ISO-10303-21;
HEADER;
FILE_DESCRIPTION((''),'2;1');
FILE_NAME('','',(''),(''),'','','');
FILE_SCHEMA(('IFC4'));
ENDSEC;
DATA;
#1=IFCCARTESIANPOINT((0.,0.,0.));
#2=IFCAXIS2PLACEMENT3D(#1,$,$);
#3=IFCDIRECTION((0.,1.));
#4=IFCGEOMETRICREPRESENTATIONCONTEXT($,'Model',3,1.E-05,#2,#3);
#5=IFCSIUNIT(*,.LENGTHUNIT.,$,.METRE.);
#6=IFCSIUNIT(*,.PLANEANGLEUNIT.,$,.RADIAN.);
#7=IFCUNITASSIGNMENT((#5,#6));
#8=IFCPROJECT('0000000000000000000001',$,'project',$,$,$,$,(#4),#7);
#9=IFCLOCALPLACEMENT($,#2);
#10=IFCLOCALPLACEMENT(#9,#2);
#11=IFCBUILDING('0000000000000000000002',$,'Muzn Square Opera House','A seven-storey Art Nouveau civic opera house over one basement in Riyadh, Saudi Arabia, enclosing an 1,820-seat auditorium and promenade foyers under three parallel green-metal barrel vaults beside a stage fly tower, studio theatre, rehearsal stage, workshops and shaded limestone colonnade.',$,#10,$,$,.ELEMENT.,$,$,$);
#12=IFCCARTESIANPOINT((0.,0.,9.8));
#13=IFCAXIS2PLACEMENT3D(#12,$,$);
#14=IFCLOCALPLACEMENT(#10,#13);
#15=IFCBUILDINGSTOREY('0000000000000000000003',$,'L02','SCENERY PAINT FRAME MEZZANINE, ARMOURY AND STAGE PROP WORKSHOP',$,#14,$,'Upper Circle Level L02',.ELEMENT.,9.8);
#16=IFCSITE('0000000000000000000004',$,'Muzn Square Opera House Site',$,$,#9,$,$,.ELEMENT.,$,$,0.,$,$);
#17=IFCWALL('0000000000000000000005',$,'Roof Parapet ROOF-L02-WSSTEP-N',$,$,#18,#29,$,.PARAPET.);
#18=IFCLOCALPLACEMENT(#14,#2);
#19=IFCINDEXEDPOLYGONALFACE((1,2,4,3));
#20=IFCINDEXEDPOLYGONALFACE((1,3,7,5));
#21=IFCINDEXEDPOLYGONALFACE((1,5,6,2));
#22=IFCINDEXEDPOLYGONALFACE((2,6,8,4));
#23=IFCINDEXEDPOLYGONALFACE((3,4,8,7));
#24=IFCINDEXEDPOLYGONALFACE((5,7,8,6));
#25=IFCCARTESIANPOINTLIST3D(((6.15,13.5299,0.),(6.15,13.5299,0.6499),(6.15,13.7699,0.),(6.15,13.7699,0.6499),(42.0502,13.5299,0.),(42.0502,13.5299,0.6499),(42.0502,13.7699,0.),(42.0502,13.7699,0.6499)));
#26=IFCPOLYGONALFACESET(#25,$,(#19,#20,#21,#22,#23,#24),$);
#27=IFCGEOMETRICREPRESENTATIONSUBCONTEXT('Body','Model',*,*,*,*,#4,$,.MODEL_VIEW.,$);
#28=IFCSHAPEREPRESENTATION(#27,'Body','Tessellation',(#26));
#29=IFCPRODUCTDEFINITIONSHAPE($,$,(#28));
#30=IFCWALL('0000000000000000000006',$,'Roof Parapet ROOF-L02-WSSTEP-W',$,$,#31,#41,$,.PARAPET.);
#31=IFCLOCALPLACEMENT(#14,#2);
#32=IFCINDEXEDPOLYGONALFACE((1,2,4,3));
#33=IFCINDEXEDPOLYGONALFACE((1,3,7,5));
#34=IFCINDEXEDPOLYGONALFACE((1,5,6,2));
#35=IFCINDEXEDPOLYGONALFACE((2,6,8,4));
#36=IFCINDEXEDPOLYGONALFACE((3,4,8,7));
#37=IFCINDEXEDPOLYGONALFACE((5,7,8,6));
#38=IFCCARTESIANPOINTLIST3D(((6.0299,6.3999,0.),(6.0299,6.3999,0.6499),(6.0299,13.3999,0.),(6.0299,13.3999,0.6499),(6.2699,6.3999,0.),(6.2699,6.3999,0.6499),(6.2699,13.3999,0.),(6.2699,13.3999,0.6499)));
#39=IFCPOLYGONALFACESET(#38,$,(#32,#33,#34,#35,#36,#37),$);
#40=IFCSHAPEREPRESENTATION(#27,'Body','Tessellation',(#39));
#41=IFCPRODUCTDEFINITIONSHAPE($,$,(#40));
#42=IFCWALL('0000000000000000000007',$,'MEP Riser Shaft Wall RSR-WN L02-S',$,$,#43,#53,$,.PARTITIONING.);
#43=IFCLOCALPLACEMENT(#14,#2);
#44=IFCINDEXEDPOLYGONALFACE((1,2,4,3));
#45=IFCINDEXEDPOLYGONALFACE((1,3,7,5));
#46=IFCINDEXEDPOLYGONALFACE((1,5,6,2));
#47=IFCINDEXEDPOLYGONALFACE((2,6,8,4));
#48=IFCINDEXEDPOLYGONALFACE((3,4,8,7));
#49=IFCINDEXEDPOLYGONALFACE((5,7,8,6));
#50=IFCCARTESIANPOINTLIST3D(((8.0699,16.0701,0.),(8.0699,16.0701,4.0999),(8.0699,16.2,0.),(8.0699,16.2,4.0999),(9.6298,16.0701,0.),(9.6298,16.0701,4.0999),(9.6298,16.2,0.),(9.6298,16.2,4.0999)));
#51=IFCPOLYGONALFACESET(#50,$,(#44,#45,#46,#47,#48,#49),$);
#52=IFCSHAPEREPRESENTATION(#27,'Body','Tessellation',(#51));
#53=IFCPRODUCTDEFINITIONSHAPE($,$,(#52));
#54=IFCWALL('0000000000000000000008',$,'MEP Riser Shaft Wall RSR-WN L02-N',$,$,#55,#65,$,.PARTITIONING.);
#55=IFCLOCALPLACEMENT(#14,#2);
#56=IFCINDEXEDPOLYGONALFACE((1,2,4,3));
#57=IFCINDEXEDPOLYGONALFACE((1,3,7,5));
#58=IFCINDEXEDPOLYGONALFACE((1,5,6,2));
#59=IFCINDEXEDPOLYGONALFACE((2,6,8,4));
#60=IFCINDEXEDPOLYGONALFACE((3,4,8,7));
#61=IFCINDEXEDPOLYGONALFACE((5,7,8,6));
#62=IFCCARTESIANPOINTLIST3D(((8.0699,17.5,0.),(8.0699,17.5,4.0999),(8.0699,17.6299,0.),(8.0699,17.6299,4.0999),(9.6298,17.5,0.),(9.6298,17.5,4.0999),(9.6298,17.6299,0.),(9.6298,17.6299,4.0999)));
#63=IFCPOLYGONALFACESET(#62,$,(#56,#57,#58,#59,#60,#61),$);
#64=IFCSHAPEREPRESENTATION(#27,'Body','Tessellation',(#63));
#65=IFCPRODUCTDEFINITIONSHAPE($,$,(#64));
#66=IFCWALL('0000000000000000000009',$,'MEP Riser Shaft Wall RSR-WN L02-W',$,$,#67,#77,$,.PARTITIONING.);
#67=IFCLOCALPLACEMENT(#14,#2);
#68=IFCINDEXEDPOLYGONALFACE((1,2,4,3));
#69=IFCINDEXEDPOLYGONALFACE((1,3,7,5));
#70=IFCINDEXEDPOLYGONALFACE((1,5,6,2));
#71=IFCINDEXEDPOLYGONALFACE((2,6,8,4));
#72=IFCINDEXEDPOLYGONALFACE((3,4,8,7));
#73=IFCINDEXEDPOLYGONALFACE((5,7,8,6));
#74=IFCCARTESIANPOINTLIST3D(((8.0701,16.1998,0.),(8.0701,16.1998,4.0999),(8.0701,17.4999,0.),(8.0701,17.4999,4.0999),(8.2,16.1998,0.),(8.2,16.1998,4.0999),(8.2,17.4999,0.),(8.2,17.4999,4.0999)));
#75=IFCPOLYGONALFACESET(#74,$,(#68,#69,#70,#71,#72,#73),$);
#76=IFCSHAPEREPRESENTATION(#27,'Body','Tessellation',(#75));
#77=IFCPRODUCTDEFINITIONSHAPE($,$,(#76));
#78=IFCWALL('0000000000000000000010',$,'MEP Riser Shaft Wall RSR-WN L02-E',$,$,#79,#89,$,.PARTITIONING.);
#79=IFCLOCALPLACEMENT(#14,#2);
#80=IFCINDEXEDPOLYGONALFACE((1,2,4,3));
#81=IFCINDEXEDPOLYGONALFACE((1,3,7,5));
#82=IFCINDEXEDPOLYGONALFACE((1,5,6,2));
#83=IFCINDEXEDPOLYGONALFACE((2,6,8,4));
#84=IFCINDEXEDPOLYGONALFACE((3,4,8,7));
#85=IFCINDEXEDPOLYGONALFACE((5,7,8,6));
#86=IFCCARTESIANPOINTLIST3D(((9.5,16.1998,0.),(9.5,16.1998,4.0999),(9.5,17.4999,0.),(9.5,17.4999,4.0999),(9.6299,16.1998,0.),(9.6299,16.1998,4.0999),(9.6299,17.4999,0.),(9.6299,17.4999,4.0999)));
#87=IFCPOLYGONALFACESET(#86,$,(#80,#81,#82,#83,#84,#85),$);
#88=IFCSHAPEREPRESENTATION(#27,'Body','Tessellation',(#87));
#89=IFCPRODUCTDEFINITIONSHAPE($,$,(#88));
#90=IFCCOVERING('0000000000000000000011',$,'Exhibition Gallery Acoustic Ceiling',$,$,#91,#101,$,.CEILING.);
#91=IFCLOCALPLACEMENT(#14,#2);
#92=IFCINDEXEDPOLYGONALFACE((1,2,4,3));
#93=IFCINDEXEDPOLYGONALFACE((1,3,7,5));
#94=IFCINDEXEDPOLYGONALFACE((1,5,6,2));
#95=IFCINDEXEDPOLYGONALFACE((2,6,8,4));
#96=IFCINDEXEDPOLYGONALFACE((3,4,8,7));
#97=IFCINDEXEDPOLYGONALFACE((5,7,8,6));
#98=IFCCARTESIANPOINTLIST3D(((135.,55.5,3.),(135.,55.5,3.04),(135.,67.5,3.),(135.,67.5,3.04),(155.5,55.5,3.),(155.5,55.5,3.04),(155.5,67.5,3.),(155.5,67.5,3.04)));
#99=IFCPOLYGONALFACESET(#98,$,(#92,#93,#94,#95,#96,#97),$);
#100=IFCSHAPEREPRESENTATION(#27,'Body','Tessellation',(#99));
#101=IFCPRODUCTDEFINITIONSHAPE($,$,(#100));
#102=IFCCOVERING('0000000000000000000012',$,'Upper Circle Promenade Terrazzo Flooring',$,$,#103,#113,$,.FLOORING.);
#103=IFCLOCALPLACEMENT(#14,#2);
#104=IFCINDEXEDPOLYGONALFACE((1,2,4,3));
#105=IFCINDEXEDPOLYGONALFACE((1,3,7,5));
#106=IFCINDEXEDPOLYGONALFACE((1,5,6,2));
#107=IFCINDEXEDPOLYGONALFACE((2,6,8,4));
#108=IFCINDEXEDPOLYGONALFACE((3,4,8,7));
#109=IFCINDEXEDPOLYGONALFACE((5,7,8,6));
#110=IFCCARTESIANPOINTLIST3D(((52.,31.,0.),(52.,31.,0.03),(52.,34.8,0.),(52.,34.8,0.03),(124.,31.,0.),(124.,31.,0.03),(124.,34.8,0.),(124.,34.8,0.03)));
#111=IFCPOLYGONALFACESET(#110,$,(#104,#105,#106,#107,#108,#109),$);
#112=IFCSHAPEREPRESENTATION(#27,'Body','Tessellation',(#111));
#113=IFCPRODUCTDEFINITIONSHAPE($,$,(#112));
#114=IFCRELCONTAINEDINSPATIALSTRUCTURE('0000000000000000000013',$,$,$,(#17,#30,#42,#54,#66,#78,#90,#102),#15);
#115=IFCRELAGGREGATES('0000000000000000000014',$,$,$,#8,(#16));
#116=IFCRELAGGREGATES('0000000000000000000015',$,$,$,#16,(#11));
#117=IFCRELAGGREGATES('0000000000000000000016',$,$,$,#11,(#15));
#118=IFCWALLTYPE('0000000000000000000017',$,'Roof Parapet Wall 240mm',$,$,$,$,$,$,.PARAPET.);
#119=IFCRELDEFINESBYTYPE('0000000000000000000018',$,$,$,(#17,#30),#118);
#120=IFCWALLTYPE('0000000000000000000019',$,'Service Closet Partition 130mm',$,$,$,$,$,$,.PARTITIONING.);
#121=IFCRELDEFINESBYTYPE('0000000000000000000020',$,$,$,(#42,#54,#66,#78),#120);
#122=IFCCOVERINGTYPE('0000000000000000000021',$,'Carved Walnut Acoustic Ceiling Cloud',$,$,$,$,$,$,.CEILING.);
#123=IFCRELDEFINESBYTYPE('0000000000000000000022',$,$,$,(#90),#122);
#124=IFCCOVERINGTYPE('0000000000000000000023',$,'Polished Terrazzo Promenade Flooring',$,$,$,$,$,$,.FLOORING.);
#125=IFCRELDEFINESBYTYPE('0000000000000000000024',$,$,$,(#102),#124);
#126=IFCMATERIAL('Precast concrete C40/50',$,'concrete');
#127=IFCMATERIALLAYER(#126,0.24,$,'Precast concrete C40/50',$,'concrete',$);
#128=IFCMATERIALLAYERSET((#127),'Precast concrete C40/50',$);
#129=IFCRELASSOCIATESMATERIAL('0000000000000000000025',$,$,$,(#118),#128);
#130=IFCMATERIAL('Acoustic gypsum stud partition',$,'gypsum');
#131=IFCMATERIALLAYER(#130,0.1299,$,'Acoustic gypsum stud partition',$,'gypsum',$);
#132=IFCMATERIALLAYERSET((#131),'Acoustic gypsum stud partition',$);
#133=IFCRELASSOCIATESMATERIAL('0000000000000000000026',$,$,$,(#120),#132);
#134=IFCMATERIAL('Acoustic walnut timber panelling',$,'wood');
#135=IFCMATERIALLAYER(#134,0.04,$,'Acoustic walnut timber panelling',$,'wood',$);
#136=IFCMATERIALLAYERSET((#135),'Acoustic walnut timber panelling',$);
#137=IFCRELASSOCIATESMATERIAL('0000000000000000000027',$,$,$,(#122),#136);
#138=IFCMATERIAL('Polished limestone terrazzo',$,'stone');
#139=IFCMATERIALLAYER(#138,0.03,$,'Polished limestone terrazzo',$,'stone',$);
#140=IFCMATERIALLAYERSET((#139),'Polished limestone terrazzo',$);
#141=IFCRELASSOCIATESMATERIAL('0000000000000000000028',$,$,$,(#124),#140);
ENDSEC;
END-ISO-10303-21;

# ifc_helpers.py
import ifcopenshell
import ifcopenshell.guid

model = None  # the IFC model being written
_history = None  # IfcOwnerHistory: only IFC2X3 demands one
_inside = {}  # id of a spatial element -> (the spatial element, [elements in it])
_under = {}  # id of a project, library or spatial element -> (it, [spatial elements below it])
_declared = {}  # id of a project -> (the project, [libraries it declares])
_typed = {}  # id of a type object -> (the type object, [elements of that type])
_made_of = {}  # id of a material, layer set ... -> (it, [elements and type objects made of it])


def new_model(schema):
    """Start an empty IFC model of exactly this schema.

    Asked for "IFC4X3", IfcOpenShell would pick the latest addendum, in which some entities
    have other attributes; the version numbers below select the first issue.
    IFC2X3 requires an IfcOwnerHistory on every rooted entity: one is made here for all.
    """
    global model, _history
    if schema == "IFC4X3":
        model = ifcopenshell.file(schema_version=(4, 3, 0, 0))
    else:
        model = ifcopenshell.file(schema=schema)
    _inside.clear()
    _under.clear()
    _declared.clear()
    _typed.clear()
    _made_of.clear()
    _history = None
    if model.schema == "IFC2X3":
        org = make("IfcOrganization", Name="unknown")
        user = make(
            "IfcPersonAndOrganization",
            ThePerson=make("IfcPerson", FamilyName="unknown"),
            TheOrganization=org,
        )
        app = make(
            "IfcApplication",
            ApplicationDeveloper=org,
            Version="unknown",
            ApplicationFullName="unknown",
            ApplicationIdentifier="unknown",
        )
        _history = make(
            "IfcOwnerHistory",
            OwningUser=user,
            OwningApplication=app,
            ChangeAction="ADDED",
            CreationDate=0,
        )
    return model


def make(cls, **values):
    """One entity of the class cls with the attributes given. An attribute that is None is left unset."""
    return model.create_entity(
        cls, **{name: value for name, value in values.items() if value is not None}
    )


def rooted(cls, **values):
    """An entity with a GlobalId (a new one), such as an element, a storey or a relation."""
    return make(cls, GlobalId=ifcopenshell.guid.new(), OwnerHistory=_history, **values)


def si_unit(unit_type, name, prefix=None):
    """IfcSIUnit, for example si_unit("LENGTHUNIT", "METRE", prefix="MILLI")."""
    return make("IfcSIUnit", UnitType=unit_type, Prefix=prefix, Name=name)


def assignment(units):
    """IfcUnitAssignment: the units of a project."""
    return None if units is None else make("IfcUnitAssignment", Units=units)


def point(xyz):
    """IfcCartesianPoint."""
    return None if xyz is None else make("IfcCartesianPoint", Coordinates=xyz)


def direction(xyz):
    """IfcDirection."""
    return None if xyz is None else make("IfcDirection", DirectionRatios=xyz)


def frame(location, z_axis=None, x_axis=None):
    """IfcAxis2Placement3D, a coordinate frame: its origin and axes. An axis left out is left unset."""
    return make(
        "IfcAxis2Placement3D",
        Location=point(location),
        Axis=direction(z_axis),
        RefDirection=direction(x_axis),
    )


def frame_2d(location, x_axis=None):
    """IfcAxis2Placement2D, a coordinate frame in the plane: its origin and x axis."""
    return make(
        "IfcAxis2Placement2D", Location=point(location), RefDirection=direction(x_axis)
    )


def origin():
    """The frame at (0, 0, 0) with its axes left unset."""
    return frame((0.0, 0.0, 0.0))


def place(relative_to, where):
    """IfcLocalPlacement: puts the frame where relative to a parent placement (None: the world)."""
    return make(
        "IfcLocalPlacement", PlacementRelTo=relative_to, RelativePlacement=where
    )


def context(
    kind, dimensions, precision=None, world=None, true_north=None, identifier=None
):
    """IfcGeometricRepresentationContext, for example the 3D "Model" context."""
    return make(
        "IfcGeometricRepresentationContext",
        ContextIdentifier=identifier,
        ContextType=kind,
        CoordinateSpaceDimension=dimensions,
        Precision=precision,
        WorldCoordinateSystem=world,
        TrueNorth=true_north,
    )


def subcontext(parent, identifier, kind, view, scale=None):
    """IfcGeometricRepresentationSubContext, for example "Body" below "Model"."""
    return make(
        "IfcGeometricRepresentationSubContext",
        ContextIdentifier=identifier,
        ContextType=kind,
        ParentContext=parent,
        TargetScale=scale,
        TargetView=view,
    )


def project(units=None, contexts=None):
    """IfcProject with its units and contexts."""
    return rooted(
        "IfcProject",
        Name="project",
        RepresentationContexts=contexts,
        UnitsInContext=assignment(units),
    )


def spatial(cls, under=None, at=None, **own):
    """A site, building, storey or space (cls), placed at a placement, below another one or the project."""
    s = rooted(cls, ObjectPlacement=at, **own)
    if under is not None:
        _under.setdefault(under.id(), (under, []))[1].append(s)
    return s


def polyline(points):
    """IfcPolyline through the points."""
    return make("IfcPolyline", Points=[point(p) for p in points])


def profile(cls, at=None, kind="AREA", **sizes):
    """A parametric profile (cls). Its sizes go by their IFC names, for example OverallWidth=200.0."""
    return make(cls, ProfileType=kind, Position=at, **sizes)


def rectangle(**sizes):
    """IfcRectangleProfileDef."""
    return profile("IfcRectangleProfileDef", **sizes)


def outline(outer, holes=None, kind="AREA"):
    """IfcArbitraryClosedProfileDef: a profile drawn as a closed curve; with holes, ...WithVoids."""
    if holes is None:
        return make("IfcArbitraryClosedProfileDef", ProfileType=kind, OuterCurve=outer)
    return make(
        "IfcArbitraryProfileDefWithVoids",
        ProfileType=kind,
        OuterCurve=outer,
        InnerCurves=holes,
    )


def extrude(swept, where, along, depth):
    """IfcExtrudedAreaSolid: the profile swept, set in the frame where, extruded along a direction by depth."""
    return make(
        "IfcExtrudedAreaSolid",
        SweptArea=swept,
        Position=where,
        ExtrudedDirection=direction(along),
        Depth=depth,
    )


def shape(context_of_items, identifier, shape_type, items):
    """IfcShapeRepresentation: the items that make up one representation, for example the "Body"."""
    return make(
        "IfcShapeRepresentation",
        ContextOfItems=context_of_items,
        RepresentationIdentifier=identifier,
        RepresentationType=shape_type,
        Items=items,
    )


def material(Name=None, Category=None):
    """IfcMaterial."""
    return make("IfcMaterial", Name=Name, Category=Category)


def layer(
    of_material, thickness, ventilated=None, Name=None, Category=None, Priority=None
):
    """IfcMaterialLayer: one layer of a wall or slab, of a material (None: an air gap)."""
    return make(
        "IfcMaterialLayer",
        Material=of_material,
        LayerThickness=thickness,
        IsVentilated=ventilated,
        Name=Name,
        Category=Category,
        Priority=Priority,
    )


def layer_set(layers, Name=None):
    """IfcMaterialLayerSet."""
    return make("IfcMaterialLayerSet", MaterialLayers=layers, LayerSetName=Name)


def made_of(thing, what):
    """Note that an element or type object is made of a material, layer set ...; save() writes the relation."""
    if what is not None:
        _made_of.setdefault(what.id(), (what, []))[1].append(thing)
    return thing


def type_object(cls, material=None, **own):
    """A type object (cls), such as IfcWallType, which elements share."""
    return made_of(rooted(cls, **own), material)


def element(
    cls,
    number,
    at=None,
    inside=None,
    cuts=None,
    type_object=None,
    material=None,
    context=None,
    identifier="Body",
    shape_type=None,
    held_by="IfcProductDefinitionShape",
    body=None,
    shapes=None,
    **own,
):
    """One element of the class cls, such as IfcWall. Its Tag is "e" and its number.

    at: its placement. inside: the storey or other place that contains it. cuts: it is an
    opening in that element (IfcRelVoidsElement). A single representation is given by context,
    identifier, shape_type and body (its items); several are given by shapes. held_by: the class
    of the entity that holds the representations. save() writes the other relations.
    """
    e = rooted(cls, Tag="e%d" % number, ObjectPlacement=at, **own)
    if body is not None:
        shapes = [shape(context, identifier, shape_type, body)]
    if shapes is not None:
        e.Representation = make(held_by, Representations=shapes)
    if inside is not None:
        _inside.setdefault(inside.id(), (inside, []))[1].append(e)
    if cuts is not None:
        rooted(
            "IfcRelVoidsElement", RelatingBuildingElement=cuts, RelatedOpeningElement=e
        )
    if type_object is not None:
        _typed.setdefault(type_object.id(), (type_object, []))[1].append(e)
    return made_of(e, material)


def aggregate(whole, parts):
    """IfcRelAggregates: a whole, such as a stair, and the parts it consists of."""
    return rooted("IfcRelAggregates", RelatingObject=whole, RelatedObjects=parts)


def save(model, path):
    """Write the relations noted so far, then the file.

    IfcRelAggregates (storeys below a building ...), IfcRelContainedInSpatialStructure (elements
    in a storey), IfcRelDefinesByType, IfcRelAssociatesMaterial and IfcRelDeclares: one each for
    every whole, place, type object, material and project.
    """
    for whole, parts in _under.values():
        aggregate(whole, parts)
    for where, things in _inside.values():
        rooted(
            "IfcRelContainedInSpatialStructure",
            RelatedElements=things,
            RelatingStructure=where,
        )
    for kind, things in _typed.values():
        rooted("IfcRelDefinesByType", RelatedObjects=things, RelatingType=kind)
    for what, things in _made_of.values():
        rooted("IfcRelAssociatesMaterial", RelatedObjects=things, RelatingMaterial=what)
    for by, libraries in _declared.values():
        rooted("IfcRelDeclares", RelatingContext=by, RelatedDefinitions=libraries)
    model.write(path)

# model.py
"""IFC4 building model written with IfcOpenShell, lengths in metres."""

from ifc_helpers import new_model, si_unit, direction, frame, frame_2d, origin, place, context, subcontext, project, spatial, polyline, rectangle, outline, extrude, material, layer, layer_set, type_object, element, save


model = new_model("IFC4")

# Units and contexts
model_context = context("Model", 3, precision=1e-05, world=origin(), true_north=direction((0.0, 1.0)))
body_context = subcontext(model_context, "Body", "Model", "MODEL_VIEW")
ifc_project = project(units=[si_unit("LENGTHUNIT", "METRE"), si_unit("PLANEANGLEUNIT", "RADIAN")], contexts=[model_context])

# Site, building, storey
site_placement = place(None, origin())
site = spatial("IfcSite", under=ifc_project, at=site_placement, Name="Muzn Square Opera House Site", CompositionType="ELEMENT", RefElevation=0.0)
building_placement = place(site_placement, origin())
building = spatial("IfcBuilding", under=site, at=building_placement, Name="Muzn Square Opera House", Description="A seven-storey Art Nouveau civic opera house over one basement in Riyadh, Saudi Arabia, enclosing an 1,820-seat auditorium and promenade foyers under three parallel green-metal barrel vaults beside a stage fly tower, studio theatre, rehearsal stage, workshops and shaded limestone colonnade.", CompositionType="ELEMENT")
storey_placement = place(building_placement, frame((0.0, 0.0, 9.8)))
storey = spatial("IfcBuildingStorey", under=building, at=storey_placement, Name="L02", Description="SCENERY PAINT FRAME MEZZANINE, ARMOURY AND STAGE PROP WORKSHOP", LongName="Upper Circle Level L02", CompositionType="ELEMENT", Elevation=9.8)

# Walls
ifc_material_1 = material(Name="Precast concrete C40/50", Category="concrete")
ifc_layer_1 = layer(ifc_material_1, 0.24, Name="Precast concrete C40/50", Category="concrete")
ifc_layer_set_1 = layer_set([ifc_layer_1], Name="Precast concrete C40/50")
wall_type_1 = type_object("IfcWallType", Name="Roof Parapet Wall 240mm", PredefinedType="PARAPET", material=ifc_layer_set_1)
for number, where, z_axis, x_axis, name in (
    (1, (6.1499, 13.6499, 0.0), (0.0, 0.0, 1.0), (1.0, 0.0, 0.0), "Roof Parapet ROOF-L02-WSSTEP-N"),
):
    element("IfcWall", number, at=place(storey_placement, frame(where, z_axis=z_axis, x_axis=x_axis)), inside=storey, type_object=wall_type_1, Name=name, PredefinedType="PARAPET", context=body_context, shape_type="SweptSolid", body=[
        extrude(rectangle(XDim=35.9001, YDim=0.24, at=frame_2d((17.9502, 0.0))), origin(), (0.0, 0.0, 1.0), 0.6499),
    ])
wall_1_placement = place(storey_placement, frame((6.1499, 6.3999, 0.0), z_axis=(0.0, 0.0, 1.0), x_axis=(0.0, 1.0, 0.0)))
element("IfcWall", 2, at=wall_1_placement, inside=storey, type_object=wall_type_1, Name="Roof Parapet ROOF-L02-WSSTEP-W", PredefinedType="PARAPET", context=body_context, shape_type="SweptSolid", body=[
    extrude(rectangle(XDim=7.0, YDim=0.24, at=frame_2d((3.5, 0.0))), origin(), (0.0, 0.0, 1.0), 0.6499),
])
ifc_material_2 = material(Name="Acoustic gypsum stud partition", Category="gypsum")
ifc_layer_2 = layer(ifc_material_2, 0.1299, Name="Acoustic gypsum stud partition", Category="gypsum")
ifc_layer_set_2 = layer_set([ifc_layer_2], Name="Acoustic gypsum stud partition")
wall_type_2 = type_object("IfcWallType", Name="Service Closet Partition 130mm", PredefinedType="PARTITIONING", material=ifc_layer_set_2)
for number, where, z_axis, x_axis, name in (
    (3, (8.0701, 16.135, 0.0), (0.0, 0.0, 1.0), (1.0, 0.0, 0.0), "MEP Riser Shaft Wall RSR-WN L02-S"),
    (4, (8.0701, 17.5649, 0.0), (0.0, 0.0, 1.0), (1.0, 0.0, 0.0), "MEP Riser Shaft Wall RSR-WN L02-N"),
):
    element("IfcWall", number, at=place(storey_placement, frame(where, z_axis=z_axis, x_axis=x_axis)), inside=storey, type_object=wall_type_2, Name=name, PredefinedType="PARTITIONING", context=body_context, shape_type="SweptSolid", body=[
        extrude(rectangle(XDim=1.5598, YDim=0.1299, at=frame_2d((0.7798, 0.0))), origin(), (0.0, 0.0, 1.0), 4.0999),
    ])
for number, where, z_axis, x_axis, name in (
    (5, (8.135, 16.2, 0.0), (0.0, 0.0, 1.0), (0.0, 1.0, 0.0), "MEP Riser Shaft Wall RSR-WN L02-W"),
    (6, (9.5649, 16.2, 0.0), (0.0, 0.0, 1.0), (0.0, 1.0, 0.0), "MEP Riser Shaft Wall RSR-WN L02-E"),
):
    element("IfcWall", number, at=place(storey_placement, frame(where, z_axis=z_axis, x_axis=x_axis)), inside=storey, type_object=wall_type_2, Name=name, PredefinedType="PARTITIONING", context=body_context, shape_type="SweptSolid", body=[
        extrude(rectangle(XDim=1.3, YDim=0.1299, at=frame_2d((0.6499, 0.0))), origin(), (0.0, 0.0, 1.0), 4.0999),
    ])

# Coverings
ifc_material_3 = material(Name="Acoustic walnut timber panelling", Category="wood")
ifc_layer_3 = layer(ifc_material_3, 0.04, Name="Acoustic walnut timber panelling", Category="wood")
ifc_layer_set_3 = layer_set([ifc_layer_3], Name="Acoustic walnut timber panelling")
covering_type_1 = type_object("IfcCoveringType", Name="Carved Walnut Acoustic Ceiling Cloud", PredefinedType="CEILING", material=ifc_layer_set_3)
covering_1_placement = place(storey_placement, frame((0.0, 0.0, 3.0)))
element("IfcCovering", 7, at=covering_1_placement, inside=storey, type_object=covering_type_1, Name="Exhibition Gallery Acoustic Ceiling", PredefinedType="CEILING", context=body_context, shape_type="SweptSolid", body=[
    extrude(outline(polyline([(135.0, 55.5), (155.5, 55.5), (155.5, 67.5), (135.0, 67.5), (135.0, 55.5)])), origin(), (0.0, 0.0, 1.0), 0.04),
])
ifc_material_4 = material(Name="Polished limestone terrazzo", Category="stone")
ifc_layer_4 = layer(ifc_material_4, 0.03, Name="Polished limestone terrazzo", Category="stone")
ifc_layer_set_4 = layer_set([ifc_layer_4], Name="Polished limestone terrazzo")
covering_type_2 = type_object("IfcCoveringType", Name="Polished Terrazzo Promenade Flooring", PredefinedType="FLOORING", material=ifc_layer_set_4)
covering_2_placement = place(storey_placement, origin())
element("IfcCovering", 8, at=covering_2_placement, inside=storey, type_object=covering_type_2, Name="Upper Circle Promenade Terrazzo Flooring", PredefinedType="FLOORING", context=body_context, shape_type="SweptSolid", body=[
    extrude(outline(polyline([(52.0, 31.0), (124.0, 31.0), (124.0, 34.8), (52.0, 34.8), (52.0, 31.0)])), origin(), (0.0, 0.0, 1.0), 0.03),
])

save(model, "model.ifc")
